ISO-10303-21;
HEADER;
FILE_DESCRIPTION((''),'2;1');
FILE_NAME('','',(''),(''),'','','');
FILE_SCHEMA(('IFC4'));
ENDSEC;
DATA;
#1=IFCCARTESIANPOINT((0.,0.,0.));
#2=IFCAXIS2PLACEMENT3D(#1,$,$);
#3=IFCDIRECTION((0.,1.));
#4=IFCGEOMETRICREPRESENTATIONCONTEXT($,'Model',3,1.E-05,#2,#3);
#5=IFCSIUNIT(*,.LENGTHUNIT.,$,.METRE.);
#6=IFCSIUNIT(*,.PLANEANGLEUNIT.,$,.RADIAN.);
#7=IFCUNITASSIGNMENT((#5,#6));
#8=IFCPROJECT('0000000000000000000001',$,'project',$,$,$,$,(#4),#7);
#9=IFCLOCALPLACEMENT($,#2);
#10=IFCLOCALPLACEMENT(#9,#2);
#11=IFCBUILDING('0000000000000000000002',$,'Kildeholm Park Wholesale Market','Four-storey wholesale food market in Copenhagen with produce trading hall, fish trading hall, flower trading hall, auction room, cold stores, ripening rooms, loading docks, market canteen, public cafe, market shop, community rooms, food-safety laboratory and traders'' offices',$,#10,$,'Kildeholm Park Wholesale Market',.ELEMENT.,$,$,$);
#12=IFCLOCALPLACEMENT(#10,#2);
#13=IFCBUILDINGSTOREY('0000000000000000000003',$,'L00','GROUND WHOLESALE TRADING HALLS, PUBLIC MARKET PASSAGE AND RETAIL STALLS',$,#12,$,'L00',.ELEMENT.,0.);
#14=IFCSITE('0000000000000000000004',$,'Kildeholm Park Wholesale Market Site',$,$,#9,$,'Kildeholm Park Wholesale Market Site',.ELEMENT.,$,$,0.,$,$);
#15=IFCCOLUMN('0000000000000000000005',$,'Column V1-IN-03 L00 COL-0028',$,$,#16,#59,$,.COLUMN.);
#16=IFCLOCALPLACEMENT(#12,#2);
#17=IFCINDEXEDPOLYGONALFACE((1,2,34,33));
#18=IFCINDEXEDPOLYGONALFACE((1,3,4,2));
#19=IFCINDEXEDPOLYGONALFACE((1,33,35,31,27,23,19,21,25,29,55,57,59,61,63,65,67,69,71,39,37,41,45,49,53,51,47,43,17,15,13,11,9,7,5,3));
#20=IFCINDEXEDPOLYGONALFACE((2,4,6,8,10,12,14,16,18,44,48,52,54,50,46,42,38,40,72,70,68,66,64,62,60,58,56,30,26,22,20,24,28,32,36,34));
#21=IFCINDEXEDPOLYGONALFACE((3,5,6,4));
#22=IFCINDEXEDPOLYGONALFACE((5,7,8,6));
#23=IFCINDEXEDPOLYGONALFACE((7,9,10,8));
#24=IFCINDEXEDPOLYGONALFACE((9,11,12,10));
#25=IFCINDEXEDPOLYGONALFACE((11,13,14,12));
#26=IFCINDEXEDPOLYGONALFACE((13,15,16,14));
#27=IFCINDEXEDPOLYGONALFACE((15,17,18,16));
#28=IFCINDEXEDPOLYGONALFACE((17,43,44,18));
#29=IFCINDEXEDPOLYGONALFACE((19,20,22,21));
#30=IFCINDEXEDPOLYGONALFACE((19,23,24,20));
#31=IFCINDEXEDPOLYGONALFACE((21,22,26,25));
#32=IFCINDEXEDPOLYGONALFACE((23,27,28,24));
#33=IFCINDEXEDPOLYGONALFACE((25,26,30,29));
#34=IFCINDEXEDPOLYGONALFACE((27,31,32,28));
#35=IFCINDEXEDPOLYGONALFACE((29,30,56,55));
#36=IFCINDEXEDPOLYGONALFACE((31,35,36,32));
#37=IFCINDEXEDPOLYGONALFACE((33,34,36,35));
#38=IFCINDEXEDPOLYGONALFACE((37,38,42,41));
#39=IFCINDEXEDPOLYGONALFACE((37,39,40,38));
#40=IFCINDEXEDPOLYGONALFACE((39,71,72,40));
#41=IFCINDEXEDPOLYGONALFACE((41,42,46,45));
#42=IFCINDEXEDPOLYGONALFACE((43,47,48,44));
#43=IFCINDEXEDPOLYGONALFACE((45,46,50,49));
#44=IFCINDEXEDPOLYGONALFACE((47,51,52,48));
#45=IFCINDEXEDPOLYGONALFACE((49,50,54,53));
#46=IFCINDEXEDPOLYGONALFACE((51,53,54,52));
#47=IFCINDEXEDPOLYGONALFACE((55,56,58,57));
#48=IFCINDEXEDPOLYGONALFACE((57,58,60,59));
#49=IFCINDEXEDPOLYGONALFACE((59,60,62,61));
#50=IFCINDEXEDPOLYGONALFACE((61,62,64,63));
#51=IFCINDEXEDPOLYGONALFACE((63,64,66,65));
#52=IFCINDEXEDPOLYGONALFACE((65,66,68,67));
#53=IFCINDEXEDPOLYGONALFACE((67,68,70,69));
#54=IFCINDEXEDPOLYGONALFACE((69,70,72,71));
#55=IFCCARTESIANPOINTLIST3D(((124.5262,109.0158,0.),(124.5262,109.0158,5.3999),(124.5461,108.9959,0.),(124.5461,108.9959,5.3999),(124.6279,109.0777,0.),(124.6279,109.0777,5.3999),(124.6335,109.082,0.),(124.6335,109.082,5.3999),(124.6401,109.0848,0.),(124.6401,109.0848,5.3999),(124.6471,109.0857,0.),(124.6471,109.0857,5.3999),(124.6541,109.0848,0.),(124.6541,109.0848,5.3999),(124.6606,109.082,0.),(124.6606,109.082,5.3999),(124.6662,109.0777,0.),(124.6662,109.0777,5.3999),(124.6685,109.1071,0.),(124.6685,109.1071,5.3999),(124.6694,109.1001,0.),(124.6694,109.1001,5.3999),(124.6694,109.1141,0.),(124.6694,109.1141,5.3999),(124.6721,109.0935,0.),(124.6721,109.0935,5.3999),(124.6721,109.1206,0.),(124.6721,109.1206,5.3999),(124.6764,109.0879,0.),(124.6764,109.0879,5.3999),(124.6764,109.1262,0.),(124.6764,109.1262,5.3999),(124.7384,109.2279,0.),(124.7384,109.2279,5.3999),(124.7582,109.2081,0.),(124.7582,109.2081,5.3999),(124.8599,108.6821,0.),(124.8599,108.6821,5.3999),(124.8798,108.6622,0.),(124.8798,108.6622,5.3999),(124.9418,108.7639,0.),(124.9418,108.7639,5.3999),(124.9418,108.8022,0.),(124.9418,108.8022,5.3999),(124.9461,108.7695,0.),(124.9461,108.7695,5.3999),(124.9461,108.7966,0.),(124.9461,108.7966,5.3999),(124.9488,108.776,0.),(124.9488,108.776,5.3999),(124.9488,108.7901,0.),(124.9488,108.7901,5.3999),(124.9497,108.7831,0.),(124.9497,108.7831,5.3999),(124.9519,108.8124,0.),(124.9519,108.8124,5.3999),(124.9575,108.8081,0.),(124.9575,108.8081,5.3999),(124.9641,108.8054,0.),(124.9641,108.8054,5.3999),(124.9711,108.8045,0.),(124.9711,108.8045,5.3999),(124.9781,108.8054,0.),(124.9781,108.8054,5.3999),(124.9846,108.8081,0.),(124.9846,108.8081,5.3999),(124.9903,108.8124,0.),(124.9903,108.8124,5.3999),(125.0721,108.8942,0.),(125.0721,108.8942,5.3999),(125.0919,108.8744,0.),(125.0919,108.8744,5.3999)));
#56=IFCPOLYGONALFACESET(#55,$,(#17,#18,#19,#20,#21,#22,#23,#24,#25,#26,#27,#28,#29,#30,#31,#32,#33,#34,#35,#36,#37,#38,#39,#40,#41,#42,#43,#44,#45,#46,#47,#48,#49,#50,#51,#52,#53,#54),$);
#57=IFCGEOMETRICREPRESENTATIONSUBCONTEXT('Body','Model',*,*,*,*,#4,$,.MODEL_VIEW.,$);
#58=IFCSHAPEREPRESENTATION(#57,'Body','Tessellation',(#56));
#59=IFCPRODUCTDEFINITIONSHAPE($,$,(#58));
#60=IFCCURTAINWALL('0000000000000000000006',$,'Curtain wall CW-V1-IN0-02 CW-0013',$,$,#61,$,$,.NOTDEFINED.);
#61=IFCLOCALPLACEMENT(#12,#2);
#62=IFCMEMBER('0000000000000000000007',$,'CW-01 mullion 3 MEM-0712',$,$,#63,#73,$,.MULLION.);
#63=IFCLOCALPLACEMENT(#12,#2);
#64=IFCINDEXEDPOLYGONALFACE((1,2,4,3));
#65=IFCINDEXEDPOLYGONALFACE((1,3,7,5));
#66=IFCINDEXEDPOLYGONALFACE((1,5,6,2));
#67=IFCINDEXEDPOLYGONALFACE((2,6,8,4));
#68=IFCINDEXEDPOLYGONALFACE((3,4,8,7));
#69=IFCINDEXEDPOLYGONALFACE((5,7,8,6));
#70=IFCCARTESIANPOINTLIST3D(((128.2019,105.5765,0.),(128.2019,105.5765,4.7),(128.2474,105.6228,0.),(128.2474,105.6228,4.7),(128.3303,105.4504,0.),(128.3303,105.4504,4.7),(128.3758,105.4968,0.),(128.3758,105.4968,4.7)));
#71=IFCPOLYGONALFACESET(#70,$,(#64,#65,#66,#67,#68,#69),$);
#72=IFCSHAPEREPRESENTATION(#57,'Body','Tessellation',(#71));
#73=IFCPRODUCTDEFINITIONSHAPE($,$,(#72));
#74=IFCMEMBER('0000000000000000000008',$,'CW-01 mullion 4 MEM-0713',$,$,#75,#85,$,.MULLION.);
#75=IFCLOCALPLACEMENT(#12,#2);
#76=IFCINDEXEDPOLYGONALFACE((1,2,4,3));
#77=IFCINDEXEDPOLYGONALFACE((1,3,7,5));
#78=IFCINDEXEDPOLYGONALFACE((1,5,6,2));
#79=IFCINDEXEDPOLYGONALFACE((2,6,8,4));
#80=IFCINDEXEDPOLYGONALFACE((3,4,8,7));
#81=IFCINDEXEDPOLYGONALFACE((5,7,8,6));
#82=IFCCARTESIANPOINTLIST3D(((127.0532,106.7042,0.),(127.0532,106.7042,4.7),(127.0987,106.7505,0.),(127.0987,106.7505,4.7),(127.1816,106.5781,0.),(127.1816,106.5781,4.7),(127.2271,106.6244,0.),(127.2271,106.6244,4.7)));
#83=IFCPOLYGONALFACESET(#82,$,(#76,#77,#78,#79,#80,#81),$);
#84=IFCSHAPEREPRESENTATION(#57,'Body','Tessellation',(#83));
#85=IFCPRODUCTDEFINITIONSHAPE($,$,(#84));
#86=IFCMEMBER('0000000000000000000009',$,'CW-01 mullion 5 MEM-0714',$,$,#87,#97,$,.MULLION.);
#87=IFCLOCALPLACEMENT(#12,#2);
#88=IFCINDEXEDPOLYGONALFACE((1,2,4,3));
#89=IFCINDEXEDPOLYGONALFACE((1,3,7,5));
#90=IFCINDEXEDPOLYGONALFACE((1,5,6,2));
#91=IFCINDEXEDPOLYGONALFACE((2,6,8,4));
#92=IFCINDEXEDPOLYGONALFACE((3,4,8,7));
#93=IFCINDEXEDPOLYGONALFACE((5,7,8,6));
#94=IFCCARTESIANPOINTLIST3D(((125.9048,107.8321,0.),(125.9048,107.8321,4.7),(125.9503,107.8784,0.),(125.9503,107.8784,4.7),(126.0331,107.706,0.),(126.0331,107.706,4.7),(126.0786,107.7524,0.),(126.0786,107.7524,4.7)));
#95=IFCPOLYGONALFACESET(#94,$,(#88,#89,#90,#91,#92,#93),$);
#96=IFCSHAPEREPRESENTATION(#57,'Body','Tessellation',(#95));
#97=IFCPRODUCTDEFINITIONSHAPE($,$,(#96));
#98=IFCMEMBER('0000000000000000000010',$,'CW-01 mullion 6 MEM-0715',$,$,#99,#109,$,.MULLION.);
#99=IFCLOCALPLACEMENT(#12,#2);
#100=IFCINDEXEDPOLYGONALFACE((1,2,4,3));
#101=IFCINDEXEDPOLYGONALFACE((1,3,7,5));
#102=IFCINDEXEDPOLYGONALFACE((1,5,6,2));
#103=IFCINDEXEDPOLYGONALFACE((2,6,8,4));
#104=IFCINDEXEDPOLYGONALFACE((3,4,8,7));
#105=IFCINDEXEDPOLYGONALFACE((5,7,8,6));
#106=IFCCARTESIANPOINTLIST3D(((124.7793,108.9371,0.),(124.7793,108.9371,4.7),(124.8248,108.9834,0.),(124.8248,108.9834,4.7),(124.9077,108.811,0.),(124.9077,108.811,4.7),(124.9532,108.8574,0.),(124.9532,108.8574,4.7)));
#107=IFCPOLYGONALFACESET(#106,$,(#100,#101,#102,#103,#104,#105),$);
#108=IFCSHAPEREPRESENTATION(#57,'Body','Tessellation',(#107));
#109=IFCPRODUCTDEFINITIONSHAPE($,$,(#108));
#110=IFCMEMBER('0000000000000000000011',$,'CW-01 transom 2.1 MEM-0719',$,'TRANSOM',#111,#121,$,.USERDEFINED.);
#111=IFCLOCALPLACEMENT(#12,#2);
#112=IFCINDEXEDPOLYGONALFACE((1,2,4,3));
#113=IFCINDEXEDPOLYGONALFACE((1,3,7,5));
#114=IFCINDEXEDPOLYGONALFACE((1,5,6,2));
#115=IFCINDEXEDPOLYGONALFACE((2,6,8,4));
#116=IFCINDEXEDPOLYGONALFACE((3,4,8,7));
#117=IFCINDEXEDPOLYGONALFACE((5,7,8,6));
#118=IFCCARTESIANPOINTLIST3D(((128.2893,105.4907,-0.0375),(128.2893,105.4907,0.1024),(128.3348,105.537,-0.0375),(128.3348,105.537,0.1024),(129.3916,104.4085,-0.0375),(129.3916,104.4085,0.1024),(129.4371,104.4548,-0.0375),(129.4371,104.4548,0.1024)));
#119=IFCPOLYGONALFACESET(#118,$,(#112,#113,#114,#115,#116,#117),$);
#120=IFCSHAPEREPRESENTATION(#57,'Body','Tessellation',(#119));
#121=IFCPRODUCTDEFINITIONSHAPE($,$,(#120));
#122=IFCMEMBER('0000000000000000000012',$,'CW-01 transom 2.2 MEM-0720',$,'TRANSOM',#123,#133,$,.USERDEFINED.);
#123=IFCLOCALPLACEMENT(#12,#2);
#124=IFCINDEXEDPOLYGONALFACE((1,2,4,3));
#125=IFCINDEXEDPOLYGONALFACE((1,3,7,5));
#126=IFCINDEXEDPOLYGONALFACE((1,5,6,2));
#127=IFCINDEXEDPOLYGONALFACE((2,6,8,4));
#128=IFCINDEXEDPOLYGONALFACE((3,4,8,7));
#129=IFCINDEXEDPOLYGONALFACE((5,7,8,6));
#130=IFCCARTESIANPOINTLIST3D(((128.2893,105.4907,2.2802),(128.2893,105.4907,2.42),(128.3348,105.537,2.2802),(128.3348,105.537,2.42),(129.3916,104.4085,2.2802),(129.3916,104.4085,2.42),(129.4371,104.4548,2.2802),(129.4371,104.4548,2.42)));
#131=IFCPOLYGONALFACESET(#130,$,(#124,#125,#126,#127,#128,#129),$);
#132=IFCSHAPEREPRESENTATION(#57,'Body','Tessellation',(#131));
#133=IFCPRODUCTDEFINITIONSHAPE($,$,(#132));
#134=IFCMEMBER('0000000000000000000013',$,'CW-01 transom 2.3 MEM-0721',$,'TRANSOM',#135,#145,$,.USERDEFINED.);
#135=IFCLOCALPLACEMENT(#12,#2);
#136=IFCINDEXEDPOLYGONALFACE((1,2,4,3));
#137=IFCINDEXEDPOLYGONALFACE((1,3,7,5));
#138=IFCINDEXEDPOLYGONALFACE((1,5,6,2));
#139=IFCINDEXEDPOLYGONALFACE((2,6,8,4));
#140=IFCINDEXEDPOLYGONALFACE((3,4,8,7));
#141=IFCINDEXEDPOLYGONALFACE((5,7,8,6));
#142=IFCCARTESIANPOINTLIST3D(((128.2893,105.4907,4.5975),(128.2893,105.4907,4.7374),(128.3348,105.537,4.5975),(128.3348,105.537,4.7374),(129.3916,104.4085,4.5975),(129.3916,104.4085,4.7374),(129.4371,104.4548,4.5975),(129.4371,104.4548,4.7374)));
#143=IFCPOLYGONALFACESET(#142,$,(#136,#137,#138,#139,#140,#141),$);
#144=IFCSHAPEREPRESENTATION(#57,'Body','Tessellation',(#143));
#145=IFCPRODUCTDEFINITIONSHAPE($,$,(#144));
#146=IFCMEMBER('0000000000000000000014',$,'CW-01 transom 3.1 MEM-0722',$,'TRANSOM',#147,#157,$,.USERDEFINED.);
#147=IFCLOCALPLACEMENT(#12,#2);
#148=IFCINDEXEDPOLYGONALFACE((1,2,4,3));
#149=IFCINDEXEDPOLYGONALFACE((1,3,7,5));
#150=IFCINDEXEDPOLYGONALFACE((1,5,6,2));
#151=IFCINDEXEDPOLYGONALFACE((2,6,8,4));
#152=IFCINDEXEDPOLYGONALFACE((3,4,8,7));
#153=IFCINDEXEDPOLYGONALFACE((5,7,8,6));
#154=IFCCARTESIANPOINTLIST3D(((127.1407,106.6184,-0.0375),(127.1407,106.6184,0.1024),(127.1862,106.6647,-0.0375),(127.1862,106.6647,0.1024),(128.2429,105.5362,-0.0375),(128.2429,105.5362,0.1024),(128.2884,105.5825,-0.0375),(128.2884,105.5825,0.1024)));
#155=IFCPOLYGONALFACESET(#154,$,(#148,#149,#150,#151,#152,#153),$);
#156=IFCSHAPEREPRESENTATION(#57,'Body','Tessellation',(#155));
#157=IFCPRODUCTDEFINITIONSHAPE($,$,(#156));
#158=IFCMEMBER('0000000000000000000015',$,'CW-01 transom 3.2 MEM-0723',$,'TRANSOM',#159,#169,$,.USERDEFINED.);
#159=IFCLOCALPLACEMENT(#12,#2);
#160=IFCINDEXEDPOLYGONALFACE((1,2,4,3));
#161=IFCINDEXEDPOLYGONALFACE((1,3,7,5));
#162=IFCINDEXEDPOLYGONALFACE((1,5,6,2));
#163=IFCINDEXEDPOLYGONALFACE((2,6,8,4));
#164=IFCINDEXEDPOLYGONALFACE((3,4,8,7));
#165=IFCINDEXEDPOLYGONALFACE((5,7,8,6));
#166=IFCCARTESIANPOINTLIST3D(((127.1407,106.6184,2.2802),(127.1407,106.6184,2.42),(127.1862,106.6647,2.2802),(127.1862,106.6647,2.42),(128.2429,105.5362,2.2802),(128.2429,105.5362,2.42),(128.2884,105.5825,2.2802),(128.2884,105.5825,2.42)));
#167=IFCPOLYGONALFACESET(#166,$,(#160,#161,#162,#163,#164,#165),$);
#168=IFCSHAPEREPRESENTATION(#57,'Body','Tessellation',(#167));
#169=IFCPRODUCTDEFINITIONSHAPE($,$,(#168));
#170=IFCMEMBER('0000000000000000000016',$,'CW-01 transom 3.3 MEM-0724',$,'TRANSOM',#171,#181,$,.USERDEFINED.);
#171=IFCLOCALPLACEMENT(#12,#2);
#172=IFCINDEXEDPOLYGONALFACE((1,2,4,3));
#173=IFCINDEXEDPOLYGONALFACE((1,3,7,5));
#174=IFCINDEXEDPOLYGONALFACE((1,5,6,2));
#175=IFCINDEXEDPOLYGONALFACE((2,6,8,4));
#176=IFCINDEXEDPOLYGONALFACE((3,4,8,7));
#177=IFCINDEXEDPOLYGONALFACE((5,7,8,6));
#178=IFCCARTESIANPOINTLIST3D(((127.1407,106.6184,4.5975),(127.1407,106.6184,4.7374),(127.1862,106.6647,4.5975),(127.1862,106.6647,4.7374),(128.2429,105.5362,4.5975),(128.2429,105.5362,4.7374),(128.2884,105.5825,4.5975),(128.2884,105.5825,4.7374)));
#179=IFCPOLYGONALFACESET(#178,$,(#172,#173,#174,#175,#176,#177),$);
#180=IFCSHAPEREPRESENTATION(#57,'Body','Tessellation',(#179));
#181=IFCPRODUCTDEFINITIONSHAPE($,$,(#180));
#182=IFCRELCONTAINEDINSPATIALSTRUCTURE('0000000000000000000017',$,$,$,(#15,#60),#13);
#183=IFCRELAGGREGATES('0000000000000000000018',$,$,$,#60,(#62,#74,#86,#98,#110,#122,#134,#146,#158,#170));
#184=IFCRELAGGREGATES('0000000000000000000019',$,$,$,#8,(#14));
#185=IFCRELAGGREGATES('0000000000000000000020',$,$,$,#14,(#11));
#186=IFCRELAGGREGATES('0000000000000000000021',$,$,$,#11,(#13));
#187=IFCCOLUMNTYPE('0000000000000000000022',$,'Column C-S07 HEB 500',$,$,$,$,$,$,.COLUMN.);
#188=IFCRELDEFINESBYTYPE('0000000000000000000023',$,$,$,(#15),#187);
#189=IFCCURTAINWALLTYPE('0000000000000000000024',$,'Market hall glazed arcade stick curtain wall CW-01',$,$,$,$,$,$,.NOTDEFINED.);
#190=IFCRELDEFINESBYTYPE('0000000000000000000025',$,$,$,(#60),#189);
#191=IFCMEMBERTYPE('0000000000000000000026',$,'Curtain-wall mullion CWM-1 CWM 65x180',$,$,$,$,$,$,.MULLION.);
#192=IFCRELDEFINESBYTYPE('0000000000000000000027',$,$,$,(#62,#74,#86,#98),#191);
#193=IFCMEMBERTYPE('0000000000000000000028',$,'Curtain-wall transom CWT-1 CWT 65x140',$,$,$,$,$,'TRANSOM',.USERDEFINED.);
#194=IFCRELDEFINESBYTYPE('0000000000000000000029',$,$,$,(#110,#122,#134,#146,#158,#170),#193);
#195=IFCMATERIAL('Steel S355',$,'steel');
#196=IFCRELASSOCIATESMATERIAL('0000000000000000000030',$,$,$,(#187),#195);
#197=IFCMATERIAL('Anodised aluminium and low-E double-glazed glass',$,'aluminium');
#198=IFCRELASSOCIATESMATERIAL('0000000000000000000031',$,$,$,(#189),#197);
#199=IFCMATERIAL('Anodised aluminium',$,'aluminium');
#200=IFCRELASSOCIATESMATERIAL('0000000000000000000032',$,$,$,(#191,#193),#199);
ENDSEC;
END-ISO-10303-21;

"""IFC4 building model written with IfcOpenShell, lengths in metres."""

from ifc_helpers import new_model, si_unit, direction, frame, origin, origin_2d, place, context, subcontext, project, spatial, rectangle, i_section, extrude, material, material_profile, profile_set, type_object, element, aggregate, save


model = new_model("IFC4")

# Units and contexts
model_context = context("Model", 3, precision=1e-05, world=origin(), true_north=direction((0.0, 1.0)))
body_context = subcontext(model_context, "Body", "Model", "MODEL_VIEW")
ifc_project = project(units=[si_unit("LENGTHUNIT", "METRE"), si_unit("PLANEANGLEUNIT", "RADIAN")], contexts=[model_context])

# Site, building, storey
site_placement = place(None, origin())
site = spatial("IfcSite", under=ifc_project, at=site_placement, Name="Kildeholm Park Wholesale Market Site", LongName="Kildeholm Park Wholesale Market Site", CompositionType="ELEMENT", RefElevation=0.0)
building_placement = place(site_placement, origin())
building = spatial("IfcBuilding", under=site, at=building_placement, Name="Kildeholm Park Wholesale Market", Description="Four-storey wholesale food market in Copenhagen with produce trading hall, fish trading hall, flower trading hall, auction room, cold stores, ripening rooms, loading docks, market canteen, public cafe, market shop, community rooms, food-safety laboratory and traders' offices", LongName="Kildeholm Park Wholesale Market", CompositionType="ELEMENT")
storey_placement = place(building_placement, origin())
storey = spatial("IfcBuildingStorey", under=building, at=storey_placement, Name="L00", Description="GROUND WHOLESALE TRADING HALLS, PUBLIC MARKET PASSAGE AND RETAIL STALLS", LongName="L00", CompositionType="ELEMENT", Elevation=0.0)

# Column
ifc_material_1 = material(Name="Steel S355", Category="steel")
ifc_material_profile_1 = material_profile(ifc_material_1, i_section(OverallWidth=0.3, OverallDepth=0.5, WebThickness=0.0144, FlangeThickness=0.0281, FilletRadius=0.0271, at=origin_2d()), Name="HEB 500")
ifc_profile_set_1 = profile_set([ifc_material_profile_1], Name="Steel S355")
column_type = type_object("IfcColumnType", Name="Column C-S07 HEB 500", PredefinedType="COLUMN", material=ifc_profile_set_1)
column_placement = place(storey_placement, frame((124.8091, 108.9451, 0.0), z_axis=(0.0, 0.0, 1.0), x_axis=(0.707107, 0.707107, 0.0)))
element("IfcColumn", 1, at=column_placement, inside=storey, type_object=column_type, Name="Column V1-IN-03 L00 COL-0028", PredefinedType="COLUMN", context=body_context, shape_type="SweptSolid", body=[
    extrude(i_section(OverallWidth=0.3, OverallDepth=0.5, WebThickness=0.0144, FlangeThickness=0.0281, FilletRadius=0.0271, at=origin_2d()), origin(), (0.0, 0.0, 1.0), 5.3999),
])

# Curtain wall, members
ifc_material_2 = material(Name="Anodised aluminium and low-E double-glazed glass", Category="aluminium")
curtain_wall_type = type_object("IfcCurtainWallType", Name="Market hall glazed arcade stick curtain wall CW-01", PredefinedType="NOTDEFINED", material=ifc_material_2)
curtain_wall_placement = place(storey_placement, origin())
curtain_wall = element("IfcCurtainWall", 2, at=curtain_wall_placement, inside=storey, type_object=curtain_wall_type, Name="Curtain wall CW-V1-IN0-02 CW-0013", PredefinedType="NOTDEFINED")
ifc_material_3 = material(Name="Anodised aluminium", Category="aluminium")
ifc_material_profile_2 = material_profile(ifc_material_3, rectangle(XDim=0.0649, YDim=0.1799, at=origin_2d()), Name="CWM 65x180")
ifc_profile_set_2 = profile_set([ifc_material_profile_2], Name="Anodised aluminium")
member_type_1 = type_object("IfcMemberType", Name="Curtain-wall mullion CWM-1 CWM 65x180", PredefinedType="MULLION", material=ifc_profile_set_2)
member_1_placement = place(storey_placement, frame((128.2888, 105.5366, 0.0), z_axis=(0.0, 0.0, 1.0), x_axis=(-0.700617, -0.713538, 0.0)))
member_1 = element("IfcMember", 3, at=member_1_placement, type_object=member_type_1, Name="CW-01 mullion 3 MEM-0712", PredefinedType="MULLION", context=body_context, shape_type="SweptSolid", body=[
    extrude(rectangle(XDim=0.0649, YDim=0.1799, at=origin_2d()), origin(), (0.0, 0.0, 1.0), 4.7),
])
member_2_placement = place(storey_placement, frame((127.1401, 106.6643, 0.0), z_axis=(0.0, 0.0, 1.0), x_axis=(-0.700617, -0.713538, 0.0)))
member_2 = element("IfcMember", 4, at=member_2_placement, type_object=member_type_1, Name="CW-01 mullion 4 MEM-0713", PredefinedType="MULLION", context=body_context, shape_type="SweptSolid", body=[
    extrude(rectangle(XDim=0.0649, YDim=0.1799, at=origin_2d()), origin(), (0.0, 0.0, 1.0), 4.7),
])
member_3_placement = place(storey_placement, frame((125.9917, 107.7922, 0.0), z_axis=(0.0, 0.0, 1.0), x_axis=(-0.700617, -0.713538, 0.0)))
member_3 = element("IfcMember", 5, at=member_3_placement, type_object=member_type_1, Name="CW-01 mullion 5 MEM-0714", PredefinedType="MULLION", context=body_context, shape_type="SweptSolid", body=[
    extrude(rectangle(XDim=0.0649, YDim=0.1799, at=origin_2d()), origin(), (0.0, 0.0, 1.0), 4.7),
])
member_4_placement = place(storey_placement, frame((124.8662, 108.8972, 0.0), z_axis=(0.0, 0.0, 1.0), x_axis=(-0.700617, -0.713538, 0.0)))
member_4 = element("IfcMember", 6, at=member_4_placement, type_object=member_type_1, Name="CW-01 mullion 6 MEM-0715", PredefinedType="MULLION", context=body_context, shape_type="SweptSolid", body=[
    extrude(rectangle(XDim=0.0649, YDim=0.1799, at=origin_2d()), origin(), (0.0, 0.0, 1.0), 4.7),
])
ifc_material_profile_3 = material_profile(ifc_material_3, rectangle(XDim=0.0649, YDim=0.1399, at=origin_2d()), Name="CWT 65x140")
ifc_profile_set_3 = profile_set([ifc_material_profile_3], Name="Anodised aluminium")
member_type_2 = type_object("IfcMemberType", Name="Curtain-wall transom CWT-1 CWT 65x140", ElementType="TRANSOM", PredefinedType="USERDEFINED", material=ifc_profile_set_3)
member_5_placement = place(storey_placement, frame((129.4143, 104.4316, 0.0325), z_axis=(-0.713557, 0.700597, 0.0), x_axis=(-0.700597, -0.713557, 0.0)))
member_5 = element("IfcMember", 7, at=member_5_placement, type_object=member_type_2, Name="CW-01 transom 2.1 MEM-0719", ObjectType="TRANSOM", PredefinedType="USERDEFINED", context=body_context, shape_type="SweptSolid", body=[
    extrude(rectangle(XDim=0.0649, YDim=0.1399, at=origin_2d()), origin(), (0.0, 0.0, 1.0), 1.5447),
])
member_6_placement = place(storey_placement, frame((129.4143, 104.4316, 2.3501), z_axis=(-0.713557, 0.700597, 0.0), x_axis=(-0.700597, -0.713557, 0.0)))
member_6 = element("IfcMember", 8, at=member_6_placement, type_object=member_type_2, Name="CW-01 transom 2.2 MEM-0720", ObjectType="TRANSOM", PredefinedType="USERDEFINED", context=body_context, shape_type="SweptSolid", body=[
    extrude(rectangle(XDim=0.0649, YDim=0.1399, at=origin_2d()), origin(), (0.0, 0.0, 1.0), 1.5447),
])
member_7_placement = place(storey_placement, frame((129.4143, 104.4316, 4.6675), z_axis=(-0.713557, 0.700597, 0.0), x_axis=(-0.700597, -0.713557, 0.0)))
member_7 = element("IfcMember", 9, at=member_7_placement, type_object=member_type_2, Name="CW-01 transom 2.3 MEM-0721", ObjectType="TRANSOM", PredefinedType="USERDEFINED", context=body_context, shape_type="SweptSolid", body=[
    extrude(rectangle(XDim=0.0649, YDim=0.1399, at=origin_2d()), origin(), (0.0, 0.0, 1.0), 1.5447),
])
member_8_placement = place(storey_placement, frame((128.2656, 105.5593, 0.0325), z_axis=(-0.713557, 0.700597, 0.0), x_axis=(-0.700597, -0.713557, 0.0)))
member_8 = element("IfcMember", 10, at=member_8_placement, type_object=member_type_2, Name="CW-01 transom 3.1 MEM-0722", ObjectType="TRANSOM", PredefinedType="USERDEFINED", context=body_context, shape_type="SweptSolid", body=[
    extrude(rectangle(XDim=0.0649, YDim=0.1399, at=origin_2d()), origin(), (0.0, 0.0, 1.0), 1.5447),
])
member_9_placement = place(storey_placement, frame((128.2656, 105.5593, 2.3501), z_axis=(-0.713557, 0.700597, 0.0), x_axis=(-0.700597, -0.713557, 0.0)))
member_9 = element("IfcMember", 11, at=member_9_placement, type_object=member_type_2, Name="CW-01 transom 3.2 MEM-0723", ObjectType="TRANSOM", PredefinedType="USERDEFINED", context=body_context, shape_type="SweptSolid", body=[
    extrude(rectangle(XDim=0.0649, YDim=0.1399, at=origin_2d()), origin(), (0.0, 0.0, 1.0), 1.5447),
])
member_10_placement = place(storey_placement, frame((128.2656, 105.5593, 4.6675), z_axis=(-0.713557, 0.700597, 0.0), x_axis=(-0.700597, -0.713557, 0.0)))
member_10 = element("IfcMember", 12, at=member_10_placement, type_object=member_type_2, Name="CW-01 transom 3.3 MEM-0724", ObjectType="TRANSOM", PredefinedType="USERDEFINED", context=body_context, shape_type="SweptSolid", body=[
    extrude(rectangle(XDim=0.0649, YDim=0.1399, at=origin_2d()), origin(), (0.0, 0.0, 1.0), 1.5447),
])
aggregate(curtain_wall, [member_1, member_2, member_3, member_4, member_5, member_6, member_7, member_8, member_9, member_10])

save(model, "model.ifc")
